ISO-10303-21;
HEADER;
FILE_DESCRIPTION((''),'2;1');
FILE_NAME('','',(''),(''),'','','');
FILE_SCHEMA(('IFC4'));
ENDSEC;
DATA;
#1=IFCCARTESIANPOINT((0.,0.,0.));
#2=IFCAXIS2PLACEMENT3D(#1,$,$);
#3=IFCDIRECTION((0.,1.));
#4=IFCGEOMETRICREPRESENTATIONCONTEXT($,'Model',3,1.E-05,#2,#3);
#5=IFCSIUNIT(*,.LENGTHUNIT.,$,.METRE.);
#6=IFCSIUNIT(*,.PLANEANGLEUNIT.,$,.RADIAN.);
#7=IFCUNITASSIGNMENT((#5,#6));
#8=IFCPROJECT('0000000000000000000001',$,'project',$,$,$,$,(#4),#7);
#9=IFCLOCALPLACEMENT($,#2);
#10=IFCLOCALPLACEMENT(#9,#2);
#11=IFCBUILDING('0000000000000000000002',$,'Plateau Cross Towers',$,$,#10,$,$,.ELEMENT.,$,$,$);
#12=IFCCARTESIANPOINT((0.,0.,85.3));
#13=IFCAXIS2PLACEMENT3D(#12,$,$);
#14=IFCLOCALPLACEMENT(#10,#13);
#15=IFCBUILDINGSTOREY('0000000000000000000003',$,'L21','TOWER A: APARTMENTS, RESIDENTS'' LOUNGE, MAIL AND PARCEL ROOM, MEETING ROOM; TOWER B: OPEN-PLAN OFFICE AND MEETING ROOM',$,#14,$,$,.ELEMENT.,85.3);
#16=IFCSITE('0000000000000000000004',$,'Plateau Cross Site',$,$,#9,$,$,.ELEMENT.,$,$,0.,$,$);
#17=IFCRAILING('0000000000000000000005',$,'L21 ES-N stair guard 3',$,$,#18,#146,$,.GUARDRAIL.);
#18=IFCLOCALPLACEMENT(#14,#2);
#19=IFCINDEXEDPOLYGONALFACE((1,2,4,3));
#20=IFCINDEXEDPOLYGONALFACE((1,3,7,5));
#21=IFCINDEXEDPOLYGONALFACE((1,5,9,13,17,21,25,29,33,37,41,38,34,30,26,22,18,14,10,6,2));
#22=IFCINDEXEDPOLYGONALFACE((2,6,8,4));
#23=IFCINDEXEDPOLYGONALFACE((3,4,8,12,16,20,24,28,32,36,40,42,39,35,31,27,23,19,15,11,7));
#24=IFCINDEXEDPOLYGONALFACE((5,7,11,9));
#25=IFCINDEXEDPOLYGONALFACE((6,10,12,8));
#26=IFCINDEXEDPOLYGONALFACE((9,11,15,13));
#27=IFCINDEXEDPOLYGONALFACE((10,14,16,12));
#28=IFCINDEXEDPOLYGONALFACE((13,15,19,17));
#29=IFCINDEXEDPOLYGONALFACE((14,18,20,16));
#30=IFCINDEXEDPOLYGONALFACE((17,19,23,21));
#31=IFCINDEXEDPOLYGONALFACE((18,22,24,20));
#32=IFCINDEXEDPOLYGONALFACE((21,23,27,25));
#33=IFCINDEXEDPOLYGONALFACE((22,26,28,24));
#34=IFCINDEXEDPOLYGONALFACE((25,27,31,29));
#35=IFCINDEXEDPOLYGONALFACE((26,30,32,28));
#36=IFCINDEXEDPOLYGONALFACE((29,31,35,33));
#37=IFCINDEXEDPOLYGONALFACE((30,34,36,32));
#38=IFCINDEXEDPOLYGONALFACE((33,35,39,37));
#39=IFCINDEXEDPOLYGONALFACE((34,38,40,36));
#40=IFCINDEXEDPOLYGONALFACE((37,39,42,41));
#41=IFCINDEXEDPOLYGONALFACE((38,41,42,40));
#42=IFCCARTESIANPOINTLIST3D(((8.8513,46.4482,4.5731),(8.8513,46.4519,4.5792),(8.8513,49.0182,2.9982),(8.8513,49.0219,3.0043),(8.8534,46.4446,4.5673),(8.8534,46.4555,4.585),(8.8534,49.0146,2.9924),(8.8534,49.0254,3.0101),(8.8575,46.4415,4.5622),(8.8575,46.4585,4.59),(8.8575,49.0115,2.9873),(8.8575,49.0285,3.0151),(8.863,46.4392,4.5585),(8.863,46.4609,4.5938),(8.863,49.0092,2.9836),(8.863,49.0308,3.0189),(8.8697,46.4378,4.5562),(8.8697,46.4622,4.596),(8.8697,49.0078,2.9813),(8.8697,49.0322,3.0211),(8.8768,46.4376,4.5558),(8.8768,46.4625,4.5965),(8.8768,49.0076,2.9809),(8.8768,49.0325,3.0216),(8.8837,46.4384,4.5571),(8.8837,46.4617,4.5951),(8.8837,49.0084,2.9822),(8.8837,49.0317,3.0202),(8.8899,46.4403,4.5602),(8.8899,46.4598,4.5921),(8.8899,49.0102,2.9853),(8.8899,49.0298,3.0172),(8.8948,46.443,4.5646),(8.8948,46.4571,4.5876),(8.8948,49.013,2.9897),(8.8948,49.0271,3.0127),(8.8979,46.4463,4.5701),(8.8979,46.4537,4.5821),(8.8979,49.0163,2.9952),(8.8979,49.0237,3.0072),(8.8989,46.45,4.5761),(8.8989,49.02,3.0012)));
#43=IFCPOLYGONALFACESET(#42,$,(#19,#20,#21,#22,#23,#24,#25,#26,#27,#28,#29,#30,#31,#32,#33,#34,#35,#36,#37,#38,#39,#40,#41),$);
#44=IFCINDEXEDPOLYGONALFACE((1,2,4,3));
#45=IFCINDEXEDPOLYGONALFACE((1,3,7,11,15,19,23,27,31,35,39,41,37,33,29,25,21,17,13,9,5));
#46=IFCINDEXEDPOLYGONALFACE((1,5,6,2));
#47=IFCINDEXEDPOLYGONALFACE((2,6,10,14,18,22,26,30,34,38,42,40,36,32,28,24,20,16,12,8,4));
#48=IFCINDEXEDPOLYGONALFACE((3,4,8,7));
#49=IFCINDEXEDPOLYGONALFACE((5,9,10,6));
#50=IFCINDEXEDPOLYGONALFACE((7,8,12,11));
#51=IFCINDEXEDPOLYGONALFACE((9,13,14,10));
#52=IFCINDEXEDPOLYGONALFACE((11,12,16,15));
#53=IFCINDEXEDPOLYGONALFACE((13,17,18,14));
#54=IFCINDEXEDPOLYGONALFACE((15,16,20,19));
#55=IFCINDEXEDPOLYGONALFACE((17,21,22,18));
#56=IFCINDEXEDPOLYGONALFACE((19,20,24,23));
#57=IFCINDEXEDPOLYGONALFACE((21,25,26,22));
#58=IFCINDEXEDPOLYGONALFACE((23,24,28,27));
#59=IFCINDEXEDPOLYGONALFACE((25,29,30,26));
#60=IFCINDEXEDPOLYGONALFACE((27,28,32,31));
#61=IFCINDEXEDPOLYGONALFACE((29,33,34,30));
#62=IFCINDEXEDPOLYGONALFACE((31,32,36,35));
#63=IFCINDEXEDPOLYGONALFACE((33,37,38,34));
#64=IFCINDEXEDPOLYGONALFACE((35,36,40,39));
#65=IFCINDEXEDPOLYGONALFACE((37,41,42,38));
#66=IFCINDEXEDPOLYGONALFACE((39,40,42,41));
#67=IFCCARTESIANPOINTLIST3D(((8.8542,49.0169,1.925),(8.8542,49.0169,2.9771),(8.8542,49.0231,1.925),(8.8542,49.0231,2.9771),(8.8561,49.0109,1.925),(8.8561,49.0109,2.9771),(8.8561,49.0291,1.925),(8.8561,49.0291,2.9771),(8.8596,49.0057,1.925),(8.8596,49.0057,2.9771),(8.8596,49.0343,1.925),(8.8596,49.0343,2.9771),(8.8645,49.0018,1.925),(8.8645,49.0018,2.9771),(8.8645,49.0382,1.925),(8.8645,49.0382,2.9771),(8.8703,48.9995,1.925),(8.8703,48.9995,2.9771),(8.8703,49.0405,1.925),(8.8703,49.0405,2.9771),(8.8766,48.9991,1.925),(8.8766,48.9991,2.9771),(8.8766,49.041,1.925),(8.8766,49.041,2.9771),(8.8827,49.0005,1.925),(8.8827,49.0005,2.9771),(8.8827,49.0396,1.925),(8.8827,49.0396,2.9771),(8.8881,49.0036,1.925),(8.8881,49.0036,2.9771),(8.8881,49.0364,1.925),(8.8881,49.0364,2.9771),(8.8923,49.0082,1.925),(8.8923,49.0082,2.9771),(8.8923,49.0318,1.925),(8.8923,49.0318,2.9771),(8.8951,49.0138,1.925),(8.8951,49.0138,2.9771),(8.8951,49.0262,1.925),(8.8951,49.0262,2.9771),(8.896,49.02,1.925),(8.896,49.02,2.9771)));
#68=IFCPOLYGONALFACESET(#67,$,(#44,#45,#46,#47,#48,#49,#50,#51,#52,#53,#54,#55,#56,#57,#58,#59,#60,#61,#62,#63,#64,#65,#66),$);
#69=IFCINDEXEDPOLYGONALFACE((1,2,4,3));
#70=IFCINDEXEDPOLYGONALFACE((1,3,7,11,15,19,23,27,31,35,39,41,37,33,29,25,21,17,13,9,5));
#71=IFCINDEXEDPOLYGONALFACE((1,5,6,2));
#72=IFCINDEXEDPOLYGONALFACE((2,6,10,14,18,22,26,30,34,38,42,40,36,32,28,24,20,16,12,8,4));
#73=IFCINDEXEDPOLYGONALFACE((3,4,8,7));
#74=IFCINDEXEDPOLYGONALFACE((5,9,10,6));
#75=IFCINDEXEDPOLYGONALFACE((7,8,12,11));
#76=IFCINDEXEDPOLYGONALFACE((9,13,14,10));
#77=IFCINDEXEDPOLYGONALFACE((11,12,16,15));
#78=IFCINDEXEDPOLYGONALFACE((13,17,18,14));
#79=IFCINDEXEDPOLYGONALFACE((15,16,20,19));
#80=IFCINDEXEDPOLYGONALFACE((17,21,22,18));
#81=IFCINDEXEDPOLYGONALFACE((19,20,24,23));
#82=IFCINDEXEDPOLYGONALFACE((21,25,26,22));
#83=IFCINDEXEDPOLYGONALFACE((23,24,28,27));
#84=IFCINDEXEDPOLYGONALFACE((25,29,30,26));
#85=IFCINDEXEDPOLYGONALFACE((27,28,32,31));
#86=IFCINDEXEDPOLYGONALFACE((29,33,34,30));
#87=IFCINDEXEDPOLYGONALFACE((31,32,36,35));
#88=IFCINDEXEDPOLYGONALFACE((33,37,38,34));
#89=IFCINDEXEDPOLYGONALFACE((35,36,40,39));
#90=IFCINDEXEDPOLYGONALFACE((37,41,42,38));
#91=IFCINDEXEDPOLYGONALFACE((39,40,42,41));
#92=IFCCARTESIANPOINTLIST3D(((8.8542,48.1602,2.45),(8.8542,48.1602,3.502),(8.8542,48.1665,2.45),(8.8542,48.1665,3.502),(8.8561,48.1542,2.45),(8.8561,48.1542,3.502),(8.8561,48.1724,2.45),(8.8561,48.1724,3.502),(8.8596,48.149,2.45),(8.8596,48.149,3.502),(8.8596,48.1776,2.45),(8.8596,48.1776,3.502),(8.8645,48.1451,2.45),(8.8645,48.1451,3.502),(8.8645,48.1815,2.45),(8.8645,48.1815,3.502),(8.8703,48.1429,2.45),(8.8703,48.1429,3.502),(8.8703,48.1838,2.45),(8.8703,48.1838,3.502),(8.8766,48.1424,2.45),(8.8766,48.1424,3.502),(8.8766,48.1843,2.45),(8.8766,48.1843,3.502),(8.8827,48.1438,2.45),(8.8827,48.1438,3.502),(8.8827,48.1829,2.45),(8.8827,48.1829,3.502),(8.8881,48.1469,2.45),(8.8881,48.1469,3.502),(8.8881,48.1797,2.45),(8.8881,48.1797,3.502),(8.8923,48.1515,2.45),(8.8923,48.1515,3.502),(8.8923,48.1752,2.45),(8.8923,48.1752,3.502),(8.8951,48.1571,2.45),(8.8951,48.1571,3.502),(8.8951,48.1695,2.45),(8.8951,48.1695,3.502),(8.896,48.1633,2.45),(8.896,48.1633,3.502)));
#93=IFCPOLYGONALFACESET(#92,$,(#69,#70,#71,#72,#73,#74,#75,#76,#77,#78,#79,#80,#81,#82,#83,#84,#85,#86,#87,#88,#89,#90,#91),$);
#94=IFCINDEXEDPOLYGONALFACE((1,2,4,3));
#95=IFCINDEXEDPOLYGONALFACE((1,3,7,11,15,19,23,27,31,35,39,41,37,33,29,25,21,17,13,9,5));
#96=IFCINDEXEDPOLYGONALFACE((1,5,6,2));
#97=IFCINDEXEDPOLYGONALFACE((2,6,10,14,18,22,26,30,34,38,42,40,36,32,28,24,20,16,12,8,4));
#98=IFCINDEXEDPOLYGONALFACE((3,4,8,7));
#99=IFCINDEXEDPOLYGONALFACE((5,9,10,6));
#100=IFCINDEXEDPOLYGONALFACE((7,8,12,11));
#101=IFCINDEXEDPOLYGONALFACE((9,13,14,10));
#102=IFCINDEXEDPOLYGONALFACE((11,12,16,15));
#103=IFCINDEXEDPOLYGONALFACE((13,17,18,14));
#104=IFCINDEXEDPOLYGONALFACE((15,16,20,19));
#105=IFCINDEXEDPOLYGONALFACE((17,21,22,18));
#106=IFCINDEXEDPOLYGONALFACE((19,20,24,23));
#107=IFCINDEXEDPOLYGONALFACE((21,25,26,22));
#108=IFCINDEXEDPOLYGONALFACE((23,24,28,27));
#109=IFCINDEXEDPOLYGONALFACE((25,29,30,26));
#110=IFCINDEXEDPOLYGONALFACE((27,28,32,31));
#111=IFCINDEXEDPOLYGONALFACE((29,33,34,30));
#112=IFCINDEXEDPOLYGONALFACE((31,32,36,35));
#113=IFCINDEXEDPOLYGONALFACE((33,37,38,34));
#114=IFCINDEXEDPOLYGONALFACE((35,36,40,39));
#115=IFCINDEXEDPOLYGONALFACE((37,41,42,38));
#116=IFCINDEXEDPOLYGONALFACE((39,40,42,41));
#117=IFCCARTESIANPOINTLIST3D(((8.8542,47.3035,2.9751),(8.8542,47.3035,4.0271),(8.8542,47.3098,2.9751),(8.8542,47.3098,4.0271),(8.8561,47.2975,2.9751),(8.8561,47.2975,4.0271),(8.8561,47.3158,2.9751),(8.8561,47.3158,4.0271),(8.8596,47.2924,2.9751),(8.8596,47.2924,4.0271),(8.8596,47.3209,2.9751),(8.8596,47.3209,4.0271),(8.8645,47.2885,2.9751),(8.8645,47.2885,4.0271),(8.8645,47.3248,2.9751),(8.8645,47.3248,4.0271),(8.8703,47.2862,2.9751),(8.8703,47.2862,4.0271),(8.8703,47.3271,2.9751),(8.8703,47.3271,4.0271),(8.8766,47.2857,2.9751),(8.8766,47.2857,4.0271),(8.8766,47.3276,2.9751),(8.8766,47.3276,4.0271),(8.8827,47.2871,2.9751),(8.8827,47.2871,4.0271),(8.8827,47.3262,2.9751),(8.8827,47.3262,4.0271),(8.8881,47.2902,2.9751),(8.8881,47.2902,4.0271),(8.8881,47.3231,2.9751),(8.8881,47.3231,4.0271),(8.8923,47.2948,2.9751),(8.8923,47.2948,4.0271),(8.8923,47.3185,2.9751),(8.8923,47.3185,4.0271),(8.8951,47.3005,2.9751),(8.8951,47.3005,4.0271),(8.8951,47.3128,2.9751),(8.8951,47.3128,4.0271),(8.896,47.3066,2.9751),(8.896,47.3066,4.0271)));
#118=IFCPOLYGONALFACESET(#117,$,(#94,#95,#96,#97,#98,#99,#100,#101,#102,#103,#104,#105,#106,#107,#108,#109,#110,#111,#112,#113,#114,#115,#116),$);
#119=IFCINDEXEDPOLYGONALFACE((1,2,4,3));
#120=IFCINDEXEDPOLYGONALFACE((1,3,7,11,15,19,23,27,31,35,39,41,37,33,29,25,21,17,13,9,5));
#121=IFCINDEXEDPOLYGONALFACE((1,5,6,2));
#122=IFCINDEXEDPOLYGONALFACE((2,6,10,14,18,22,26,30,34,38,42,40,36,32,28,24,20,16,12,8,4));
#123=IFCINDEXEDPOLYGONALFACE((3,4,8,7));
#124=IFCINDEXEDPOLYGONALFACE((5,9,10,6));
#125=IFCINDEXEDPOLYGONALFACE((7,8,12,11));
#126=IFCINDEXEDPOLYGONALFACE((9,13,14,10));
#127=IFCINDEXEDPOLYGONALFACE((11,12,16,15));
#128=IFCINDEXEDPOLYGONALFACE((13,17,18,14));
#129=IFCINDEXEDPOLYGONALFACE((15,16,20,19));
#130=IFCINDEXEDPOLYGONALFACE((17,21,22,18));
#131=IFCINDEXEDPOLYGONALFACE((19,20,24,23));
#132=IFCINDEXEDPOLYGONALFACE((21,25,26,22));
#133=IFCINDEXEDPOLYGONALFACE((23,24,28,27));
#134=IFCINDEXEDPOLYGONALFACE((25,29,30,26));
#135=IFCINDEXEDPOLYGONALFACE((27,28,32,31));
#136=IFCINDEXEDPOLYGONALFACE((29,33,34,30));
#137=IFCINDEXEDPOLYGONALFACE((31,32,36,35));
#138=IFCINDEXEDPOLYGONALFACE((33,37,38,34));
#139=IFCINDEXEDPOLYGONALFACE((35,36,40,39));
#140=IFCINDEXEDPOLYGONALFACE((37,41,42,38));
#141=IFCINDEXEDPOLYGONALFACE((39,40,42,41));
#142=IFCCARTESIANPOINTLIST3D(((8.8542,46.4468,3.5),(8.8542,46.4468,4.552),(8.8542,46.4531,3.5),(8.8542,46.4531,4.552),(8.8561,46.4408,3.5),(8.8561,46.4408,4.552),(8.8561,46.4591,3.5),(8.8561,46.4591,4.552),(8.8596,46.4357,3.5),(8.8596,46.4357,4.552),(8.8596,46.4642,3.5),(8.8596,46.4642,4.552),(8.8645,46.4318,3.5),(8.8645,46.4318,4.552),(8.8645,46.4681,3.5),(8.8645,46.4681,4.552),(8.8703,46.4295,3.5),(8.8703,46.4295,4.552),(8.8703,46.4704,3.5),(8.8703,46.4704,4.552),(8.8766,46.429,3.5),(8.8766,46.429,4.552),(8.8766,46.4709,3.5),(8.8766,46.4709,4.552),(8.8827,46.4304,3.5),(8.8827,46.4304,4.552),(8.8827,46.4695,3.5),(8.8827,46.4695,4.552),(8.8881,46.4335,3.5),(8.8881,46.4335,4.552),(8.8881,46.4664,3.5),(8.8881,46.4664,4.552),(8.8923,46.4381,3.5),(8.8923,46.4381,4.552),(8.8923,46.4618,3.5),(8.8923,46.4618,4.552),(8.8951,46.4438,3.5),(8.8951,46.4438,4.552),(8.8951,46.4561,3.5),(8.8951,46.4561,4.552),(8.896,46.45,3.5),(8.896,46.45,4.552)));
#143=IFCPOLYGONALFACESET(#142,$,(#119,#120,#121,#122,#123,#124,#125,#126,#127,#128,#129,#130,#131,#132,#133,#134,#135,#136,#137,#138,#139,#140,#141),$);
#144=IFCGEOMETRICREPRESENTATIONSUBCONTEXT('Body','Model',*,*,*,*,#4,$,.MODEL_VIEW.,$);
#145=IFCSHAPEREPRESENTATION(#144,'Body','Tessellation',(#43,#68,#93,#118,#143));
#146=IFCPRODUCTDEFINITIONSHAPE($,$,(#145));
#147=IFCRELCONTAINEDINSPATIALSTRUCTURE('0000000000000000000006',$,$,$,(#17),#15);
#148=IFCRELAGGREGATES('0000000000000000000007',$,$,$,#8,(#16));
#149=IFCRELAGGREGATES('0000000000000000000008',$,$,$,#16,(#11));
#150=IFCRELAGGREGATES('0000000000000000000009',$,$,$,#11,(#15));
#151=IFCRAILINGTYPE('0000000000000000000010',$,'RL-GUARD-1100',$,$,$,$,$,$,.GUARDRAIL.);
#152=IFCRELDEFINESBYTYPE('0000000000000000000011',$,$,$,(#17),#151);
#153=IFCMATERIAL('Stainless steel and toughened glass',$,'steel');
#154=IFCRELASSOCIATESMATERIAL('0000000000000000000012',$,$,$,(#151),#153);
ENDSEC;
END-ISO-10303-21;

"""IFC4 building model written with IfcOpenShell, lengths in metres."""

from ifc_helpers import new_model, si_unit, direction, frame, origin, origin_2d, place, context, subcontext, project, spatial, circle, extrude, material, type_object, element, save


model = new_model("IFC4")

# Units and contexts
model_context = context("Model", 3, precision=1e-05, world=origin(), true_north=direction((0.0, 1.0)))
body_context = subcontext(model_context, "Body", "Model", "MODEL_VIEW")
ifc_project = project(units=[si_unit("LENGTHUNIT", "METRE"), si_unit("PLANEANGLEUNIT", "RADIAN")], contexts=[model_context])

# Site, building, storey
site_placement = place(None, origin())
site = spatial("IfcSite", under=ifc_project, at=site_placement, Name="Plateau Cross Site", CompositionType="ELEMENT", RefElevation=0.0)
building_placement = place(site_placement, origin())
building = spatial("IfcBuilding", under=site, at=building_placement, Name="Plateau Cross Towers", CompositionType="ELEMENT")
storey_placement = place(building_placement, frame((0.0, 0.0, 85.3)))
storey = spatial("IfcBuildingStorey", under=building, at=storey_placement, Name="L21", Description="TOWER A: APARTMENTS, RESIDENTS' LOUNGE, MAIL AND PARCEL ROOM, MEETING ROOM; TOWER B: OPEN-PLAN OFFICE AND MEETING ROOM", CompositionType="ELEMENT", Elevation=85.3)

# Railing
ifc_material_1 = material(Name="Stainless steel and toughened glass", Category="steel")
railing_type_1 = type_object("IfcRailingType", Name="RL-GUARD-1100", PredefinedType="GUARDRAIL", material=ifc_material_1)
railing_1_placement = place(storey_placement, frame((8.875, 49.02, 1.925)))
element("IfcRailing", 1, at=railing_1_placement, inside=storey, type_object=railing_type_1, Name="L21 ES-N stair guard 3", PredefinedType="GUARDRAIL", context=body_context, shape_type="SweptSolid", body=[
    extrude(circle(Radius=0.0239, at=origin_2d()), frame((0.0, 0.0, 1.0762), z_axis=(0.0, -0.852639, 0.522501), x_axis=(1.0, 0.0, 0.0)), (0.0, 0.0, 1.0), 3.0142),
    extrude(circle(Radius=0.021, at=origin_2d()), origin(), (0.0, 0.0, 1.0), 1.052),
    extrude(circle(Radius=0.021, at=origin_2d()), frame((0.0, -0.8567, 0.5249)), (0.0, 0.0, 1.0), 1.052),
    extrude(circle(Radius=0.021, at=origin_2d()), frame((0.0, -1.7134, 1.05)), (0.0, 0.0, 1.0), 1.052),
    extrude(circle(Radius=0.021, at=origin_2d()), frame((0.0, -2.5701, 1.575)), (0.0, 0.0, 1.0), 1.052),
])

save(model, "model.ifc")
